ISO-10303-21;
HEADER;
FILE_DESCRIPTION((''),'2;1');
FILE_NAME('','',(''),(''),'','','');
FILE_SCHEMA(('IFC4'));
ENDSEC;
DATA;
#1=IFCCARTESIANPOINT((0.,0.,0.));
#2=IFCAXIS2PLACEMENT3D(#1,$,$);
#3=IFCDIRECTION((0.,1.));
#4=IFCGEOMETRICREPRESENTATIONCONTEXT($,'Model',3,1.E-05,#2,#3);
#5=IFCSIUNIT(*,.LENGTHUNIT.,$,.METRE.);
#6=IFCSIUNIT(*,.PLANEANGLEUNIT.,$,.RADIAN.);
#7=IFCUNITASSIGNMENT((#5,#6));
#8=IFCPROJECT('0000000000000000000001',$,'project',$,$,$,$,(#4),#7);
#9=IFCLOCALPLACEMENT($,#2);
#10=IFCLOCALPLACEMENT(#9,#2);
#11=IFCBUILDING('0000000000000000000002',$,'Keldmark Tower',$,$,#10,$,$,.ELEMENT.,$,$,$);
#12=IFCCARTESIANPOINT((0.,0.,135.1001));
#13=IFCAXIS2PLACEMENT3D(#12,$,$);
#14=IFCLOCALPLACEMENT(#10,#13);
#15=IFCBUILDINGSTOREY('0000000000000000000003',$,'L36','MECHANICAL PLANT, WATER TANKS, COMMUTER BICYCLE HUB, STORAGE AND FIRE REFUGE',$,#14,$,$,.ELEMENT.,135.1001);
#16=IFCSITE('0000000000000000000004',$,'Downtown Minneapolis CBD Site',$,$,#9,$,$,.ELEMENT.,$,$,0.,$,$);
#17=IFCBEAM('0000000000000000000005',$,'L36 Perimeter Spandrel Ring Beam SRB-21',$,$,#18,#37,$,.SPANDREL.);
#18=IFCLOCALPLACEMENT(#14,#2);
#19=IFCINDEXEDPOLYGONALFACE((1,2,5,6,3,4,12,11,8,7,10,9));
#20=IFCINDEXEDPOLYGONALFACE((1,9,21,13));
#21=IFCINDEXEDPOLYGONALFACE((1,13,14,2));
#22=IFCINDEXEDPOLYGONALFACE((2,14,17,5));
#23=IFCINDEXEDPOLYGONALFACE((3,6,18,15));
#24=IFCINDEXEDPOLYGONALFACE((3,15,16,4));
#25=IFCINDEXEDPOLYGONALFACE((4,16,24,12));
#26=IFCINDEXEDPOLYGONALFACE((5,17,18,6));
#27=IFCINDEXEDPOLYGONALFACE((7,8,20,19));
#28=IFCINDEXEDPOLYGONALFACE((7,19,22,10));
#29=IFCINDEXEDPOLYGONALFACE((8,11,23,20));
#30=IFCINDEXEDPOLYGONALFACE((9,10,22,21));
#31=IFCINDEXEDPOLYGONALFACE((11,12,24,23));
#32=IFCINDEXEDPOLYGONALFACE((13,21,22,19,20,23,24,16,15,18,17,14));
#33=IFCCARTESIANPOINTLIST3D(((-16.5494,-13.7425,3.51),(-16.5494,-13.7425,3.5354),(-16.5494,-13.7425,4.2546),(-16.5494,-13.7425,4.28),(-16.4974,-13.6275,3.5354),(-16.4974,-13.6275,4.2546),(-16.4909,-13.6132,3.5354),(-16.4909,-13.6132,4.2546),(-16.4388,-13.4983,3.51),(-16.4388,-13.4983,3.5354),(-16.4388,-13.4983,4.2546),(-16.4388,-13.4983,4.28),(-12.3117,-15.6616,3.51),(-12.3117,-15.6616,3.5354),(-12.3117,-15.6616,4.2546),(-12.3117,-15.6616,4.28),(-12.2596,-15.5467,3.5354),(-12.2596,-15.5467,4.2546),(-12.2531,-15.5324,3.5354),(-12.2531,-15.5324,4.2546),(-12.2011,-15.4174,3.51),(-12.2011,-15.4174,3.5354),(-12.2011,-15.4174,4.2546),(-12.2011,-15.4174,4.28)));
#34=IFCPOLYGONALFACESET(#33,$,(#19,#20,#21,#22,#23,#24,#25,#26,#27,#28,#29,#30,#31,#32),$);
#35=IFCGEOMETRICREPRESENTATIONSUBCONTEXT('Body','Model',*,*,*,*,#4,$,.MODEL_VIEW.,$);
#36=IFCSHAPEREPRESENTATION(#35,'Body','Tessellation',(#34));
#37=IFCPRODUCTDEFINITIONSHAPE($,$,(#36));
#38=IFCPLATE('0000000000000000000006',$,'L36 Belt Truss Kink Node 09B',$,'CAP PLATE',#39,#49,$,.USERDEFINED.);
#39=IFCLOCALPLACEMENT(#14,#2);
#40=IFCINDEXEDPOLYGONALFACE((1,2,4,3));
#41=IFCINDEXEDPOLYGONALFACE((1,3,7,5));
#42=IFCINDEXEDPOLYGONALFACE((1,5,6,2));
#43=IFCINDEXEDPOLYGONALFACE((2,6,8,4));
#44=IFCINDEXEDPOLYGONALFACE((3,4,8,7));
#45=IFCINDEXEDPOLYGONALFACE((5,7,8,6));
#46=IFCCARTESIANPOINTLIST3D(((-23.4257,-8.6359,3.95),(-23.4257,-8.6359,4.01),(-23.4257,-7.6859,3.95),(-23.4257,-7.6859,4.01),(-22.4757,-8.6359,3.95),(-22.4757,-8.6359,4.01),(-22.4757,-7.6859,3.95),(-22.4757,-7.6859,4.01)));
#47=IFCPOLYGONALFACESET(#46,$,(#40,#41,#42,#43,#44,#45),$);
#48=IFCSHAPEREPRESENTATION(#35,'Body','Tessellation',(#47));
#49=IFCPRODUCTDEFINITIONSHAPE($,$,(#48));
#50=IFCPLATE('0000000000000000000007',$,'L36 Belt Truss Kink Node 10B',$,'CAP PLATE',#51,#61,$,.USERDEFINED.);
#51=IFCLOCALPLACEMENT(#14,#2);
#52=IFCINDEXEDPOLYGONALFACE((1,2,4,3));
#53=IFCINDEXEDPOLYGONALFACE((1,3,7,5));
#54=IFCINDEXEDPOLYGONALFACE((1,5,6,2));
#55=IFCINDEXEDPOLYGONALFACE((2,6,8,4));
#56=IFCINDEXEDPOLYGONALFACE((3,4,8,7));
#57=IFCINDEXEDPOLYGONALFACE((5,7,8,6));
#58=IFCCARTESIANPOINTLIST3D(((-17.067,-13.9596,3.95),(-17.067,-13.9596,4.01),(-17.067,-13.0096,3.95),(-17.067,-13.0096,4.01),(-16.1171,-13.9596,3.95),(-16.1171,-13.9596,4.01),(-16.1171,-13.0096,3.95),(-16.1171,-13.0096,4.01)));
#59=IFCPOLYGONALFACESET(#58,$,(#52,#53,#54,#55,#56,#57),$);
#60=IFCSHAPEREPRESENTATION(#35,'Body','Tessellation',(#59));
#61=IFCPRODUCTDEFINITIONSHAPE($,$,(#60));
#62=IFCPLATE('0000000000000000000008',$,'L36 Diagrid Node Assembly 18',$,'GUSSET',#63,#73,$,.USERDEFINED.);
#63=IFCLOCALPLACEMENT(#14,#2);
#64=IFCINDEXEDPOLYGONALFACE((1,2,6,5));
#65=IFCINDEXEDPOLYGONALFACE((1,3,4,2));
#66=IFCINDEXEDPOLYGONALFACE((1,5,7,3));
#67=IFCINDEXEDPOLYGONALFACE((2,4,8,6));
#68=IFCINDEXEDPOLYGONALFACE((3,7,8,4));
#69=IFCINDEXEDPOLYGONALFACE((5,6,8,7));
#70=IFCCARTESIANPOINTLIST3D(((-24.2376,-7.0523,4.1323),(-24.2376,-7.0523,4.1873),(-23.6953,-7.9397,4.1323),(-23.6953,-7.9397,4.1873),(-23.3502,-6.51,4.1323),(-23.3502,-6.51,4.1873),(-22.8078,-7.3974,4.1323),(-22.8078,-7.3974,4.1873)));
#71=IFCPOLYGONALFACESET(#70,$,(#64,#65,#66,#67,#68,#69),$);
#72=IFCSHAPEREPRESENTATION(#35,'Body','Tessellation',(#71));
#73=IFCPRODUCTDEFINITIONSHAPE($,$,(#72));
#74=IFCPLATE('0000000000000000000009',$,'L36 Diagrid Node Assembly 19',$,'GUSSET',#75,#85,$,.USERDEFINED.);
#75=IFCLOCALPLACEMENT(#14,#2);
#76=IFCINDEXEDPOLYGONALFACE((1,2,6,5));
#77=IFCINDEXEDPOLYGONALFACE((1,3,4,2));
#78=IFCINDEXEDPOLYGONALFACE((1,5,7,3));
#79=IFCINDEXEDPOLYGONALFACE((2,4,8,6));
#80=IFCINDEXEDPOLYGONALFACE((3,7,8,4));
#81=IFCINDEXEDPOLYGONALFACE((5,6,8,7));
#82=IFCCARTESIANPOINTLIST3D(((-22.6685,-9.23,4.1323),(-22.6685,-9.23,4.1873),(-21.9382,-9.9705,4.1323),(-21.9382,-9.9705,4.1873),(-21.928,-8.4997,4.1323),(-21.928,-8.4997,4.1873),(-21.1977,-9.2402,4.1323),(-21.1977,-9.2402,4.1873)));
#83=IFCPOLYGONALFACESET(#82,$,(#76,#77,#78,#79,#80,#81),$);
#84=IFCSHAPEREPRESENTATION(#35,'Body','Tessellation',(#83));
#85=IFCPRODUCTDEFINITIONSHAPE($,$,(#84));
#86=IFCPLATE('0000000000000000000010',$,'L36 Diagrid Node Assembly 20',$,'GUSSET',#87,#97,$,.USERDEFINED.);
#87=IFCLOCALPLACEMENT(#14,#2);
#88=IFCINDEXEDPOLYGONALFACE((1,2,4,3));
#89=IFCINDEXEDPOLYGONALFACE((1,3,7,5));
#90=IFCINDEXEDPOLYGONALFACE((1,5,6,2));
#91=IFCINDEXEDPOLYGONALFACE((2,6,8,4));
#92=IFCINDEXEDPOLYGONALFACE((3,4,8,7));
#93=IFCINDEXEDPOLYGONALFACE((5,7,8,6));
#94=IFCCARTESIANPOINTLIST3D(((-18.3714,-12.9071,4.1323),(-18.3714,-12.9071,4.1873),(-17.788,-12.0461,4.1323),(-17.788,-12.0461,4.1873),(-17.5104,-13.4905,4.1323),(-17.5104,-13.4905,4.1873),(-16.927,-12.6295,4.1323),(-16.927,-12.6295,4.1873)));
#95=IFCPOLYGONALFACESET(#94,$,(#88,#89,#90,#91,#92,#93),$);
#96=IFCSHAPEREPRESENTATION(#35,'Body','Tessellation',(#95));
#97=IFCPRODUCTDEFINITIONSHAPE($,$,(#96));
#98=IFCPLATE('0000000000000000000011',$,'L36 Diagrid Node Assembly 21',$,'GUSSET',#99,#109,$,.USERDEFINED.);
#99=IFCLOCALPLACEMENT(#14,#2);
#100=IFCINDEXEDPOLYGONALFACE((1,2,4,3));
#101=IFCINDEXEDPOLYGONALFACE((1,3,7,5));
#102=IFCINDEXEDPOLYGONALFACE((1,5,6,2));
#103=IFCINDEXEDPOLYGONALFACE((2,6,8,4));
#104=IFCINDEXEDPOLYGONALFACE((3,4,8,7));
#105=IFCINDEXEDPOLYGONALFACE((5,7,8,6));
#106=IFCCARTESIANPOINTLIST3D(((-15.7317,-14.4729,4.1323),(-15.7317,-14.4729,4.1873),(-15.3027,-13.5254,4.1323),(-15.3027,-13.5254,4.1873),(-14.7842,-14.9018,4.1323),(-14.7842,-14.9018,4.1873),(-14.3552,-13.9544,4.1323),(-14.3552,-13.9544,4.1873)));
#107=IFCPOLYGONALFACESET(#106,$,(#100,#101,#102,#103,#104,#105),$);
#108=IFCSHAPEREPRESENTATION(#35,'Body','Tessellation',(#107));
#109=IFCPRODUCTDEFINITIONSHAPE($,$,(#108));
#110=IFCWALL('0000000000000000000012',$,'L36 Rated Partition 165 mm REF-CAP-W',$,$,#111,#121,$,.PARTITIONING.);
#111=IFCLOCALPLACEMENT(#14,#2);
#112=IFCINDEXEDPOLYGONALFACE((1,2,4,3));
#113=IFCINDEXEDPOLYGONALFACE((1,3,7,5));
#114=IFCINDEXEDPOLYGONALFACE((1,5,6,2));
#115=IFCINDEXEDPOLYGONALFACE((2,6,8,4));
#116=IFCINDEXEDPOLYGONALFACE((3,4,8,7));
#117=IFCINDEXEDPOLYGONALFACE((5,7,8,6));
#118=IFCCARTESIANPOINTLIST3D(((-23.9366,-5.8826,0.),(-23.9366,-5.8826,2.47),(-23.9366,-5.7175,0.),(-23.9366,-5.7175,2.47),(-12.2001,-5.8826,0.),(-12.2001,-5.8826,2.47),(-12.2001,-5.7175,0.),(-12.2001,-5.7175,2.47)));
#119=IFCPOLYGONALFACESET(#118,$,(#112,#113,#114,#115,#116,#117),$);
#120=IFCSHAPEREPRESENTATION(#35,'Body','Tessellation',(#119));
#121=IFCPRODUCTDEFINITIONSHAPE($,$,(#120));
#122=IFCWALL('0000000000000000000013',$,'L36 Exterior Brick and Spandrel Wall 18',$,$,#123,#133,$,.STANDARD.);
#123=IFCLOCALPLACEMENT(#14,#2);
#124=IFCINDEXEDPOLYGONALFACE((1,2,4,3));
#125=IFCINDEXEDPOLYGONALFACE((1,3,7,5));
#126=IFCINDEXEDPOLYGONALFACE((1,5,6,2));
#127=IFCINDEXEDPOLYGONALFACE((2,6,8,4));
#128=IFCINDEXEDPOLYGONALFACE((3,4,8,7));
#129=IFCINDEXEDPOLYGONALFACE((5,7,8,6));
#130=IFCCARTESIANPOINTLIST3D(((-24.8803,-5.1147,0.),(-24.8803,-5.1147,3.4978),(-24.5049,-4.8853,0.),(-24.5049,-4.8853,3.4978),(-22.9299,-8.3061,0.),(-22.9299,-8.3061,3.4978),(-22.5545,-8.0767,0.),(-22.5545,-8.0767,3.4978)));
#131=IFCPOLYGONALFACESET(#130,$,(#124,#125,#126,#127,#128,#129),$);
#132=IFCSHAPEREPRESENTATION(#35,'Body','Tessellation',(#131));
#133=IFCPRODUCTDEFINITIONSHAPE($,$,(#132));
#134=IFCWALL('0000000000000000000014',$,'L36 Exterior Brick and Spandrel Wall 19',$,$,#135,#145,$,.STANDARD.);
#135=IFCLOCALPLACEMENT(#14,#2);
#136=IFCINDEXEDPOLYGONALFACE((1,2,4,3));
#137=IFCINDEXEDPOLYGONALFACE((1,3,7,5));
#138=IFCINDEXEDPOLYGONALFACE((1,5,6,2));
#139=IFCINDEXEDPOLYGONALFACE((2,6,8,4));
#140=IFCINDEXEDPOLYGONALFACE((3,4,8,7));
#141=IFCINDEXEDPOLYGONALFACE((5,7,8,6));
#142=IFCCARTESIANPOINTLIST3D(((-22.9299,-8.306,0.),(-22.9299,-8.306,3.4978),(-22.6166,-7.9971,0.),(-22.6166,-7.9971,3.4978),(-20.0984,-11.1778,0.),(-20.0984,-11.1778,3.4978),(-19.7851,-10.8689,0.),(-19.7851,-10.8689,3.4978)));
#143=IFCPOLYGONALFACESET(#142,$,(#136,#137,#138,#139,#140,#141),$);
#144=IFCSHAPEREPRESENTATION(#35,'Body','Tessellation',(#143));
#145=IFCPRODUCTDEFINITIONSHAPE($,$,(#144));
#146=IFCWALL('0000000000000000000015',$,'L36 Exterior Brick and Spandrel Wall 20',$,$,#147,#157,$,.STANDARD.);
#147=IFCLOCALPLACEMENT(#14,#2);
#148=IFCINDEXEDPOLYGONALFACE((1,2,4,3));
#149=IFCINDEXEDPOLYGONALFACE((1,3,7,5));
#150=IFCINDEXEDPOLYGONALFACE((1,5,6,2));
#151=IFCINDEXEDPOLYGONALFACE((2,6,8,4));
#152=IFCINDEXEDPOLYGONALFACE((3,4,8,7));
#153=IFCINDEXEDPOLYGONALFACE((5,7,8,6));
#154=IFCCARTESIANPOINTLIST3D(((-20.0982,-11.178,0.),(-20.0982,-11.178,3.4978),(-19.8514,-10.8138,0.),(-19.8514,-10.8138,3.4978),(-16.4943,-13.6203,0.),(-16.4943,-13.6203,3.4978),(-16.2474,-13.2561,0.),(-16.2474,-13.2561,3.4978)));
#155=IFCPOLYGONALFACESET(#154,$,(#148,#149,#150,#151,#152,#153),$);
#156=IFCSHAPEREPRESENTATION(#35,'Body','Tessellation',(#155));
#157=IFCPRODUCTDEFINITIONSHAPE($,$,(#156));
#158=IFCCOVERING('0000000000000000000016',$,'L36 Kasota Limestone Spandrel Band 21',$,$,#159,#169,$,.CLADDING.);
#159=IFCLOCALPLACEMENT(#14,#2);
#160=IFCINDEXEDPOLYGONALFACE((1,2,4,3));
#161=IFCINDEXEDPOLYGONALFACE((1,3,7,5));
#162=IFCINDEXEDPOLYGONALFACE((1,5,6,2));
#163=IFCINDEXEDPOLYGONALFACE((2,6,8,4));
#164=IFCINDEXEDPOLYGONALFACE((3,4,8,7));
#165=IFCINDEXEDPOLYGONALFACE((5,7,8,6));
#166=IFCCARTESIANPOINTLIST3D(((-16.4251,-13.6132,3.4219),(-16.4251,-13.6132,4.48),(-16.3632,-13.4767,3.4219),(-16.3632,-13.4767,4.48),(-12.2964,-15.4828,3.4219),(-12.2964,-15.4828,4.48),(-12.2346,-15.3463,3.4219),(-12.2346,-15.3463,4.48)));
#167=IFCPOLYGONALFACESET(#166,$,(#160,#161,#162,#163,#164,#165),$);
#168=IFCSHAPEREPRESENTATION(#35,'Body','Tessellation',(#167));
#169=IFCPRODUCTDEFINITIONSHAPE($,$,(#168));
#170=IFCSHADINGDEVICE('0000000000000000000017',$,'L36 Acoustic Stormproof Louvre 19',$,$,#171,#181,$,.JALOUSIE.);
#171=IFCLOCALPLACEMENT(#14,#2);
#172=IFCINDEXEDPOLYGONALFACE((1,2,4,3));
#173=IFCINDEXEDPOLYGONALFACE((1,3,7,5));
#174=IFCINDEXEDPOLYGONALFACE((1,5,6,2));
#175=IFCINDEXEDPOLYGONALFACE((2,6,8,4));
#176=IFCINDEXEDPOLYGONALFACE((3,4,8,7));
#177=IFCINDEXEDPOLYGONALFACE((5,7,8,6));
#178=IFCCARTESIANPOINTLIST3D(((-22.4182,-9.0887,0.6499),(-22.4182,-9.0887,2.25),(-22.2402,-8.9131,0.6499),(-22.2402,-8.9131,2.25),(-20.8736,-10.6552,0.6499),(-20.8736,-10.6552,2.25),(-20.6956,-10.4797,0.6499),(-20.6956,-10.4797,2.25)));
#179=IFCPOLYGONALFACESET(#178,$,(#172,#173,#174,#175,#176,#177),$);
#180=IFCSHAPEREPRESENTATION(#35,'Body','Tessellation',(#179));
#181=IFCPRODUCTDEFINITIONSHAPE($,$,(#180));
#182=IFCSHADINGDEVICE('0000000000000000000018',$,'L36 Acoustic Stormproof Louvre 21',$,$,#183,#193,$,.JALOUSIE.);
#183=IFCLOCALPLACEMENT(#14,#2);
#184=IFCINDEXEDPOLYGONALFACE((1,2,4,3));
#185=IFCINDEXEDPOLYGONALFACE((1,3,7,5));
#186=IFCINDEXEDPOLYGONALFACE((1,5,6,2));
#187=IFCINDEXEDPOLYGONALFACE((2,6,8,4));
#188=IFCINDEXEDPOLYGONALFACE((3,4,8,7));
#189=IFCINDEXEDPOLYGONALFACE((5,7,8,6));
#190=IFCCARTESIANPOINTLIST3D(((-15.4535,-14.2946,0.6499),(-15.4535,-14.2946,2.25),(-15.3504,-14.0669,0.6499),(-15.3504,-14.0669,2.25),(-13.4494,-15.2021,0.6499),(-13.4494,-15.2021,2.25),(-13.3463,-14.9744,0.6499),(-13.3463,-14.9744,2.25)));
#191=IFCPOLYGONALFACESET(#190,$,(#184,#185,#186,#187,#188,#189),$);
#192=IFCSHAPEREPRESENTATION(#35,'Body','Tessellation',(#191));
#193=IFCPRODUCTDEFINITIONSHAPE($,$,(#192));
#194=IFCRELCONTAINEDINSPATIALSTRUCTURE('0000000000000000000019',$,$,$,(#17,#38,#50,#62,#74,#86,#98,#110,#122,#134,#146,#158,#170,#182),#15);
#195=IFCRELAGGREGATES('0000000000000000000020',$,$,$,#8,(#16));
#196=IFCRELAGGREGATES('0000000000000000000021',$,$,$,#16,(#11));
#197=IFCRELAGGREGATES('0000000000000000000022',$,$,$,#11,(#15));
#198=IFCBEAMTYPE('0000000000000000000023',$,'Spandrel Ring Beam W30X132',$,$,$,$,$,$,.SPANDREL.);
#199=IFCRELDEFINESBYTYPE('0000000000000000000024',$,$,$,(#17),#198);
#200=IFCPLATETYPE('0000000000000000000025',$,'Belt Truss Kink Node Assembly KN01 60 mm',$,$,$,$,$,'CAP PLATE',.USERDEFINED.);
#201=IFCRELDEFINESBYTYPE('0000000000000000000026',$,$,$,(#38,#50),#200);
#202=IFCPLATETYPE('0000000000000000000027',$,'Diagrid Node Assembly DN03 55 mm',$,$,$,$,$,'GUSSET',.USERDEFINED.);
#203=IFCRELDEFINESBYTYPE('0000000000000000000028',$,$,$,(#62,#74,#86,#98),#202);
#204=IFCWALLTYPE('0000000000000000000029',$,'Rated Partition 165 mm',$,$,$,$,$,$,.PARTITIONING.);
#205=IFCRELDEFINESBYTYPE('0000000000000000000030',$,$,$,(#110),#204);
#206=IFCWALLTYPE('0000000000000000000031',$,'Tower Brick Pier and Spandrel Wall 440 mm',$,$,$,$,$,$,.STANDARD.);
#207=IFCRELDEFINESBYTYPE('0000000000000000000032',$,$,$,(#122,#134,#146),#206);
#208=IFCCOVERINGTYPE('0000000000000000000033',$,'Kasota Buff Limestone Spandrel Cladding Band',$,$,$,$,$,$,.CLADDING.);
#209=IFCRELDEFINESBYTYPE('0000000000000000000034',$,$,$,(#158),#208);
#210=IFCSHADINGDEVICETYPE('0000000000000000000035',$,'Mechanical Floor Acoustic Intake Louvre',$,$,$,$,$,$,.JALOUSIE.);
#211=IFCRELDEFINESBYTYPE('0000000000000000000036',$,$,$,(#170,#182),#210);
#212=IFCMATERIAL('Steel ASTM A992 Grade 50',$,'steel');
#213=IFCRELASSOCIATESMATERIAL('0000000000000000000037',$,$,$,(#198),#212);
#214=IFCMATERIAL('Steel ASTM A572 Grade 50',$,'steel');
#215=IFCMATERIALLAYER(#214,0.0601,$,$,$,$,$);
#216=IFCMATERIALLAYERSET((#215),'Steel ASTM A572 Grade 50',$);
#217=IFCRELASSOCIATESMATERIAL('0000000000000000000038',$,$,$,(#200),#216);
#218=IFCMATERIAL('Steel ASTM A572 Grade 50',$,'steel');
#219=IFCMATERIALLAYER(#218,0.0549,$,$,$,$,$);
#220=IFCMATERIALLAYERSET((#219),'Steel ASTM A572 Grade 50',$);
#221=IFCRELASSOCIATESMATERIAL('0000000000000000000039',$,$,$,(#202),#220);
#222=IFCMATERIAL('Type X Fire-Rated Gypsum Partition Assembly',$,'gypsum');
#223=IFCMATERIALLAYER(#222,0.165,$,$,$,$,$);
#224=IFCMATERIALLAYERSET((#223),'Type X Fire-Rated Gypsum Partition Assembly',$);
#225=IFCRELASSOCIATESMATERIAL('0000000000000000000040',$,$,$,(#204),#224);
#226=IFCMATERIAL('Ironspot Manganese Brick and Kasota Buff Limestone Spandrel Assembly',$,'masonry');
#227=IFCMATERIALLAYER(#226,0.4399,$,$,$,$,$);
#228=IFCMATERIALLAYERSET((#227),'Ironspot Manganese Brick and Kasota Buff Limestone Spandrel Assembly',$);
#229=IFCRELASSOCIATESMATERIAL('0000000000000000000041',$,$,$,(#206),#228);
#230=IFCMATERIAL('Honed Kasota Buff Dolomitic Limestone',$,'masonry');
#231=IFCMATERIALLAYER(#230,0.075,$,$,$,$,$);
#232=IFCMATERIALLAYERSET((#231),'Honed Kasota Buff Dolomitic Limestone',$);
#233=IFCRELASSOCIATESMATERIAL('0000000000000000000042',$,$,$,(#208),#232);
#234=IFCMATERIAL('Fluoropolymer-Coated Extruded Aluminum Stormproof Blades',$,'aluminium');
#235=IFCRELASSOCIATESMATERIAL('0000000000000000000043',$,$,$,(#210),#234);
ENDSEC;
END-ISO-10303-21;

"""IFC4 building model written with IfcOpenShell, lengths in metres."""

from ifc_helpers import new_model, si_unit, direction, frame, frame_2d, origin, origin_2d, place, context, subcontext, project, spatial, rectangle, i_section, extrude, material, layer, layer_set, material_profile, profile_set, type_object, element, save


model = new_model("IFC4")

# Units and contexts
model_context = context("Model", 3, precision=1e-05, world=origin(), true_north=direction((0.0, 1.0)))
body_context = subcontext(model_context, "Body", "Model", "MODEL_VIEW")
ifc_project = project(units=[si_unit("LENGTHUNIT", "METRE"), si_unit("PLANEANGLEUNIT", "RADIAN")], contexts=[model_context])

# Site, building, storey
site_placement = place(None, origin())
site = spatial("IfcSite", under=ifc_project, at=site_placement, Name="Downtown Minneapolis CBD Site", CompositionType="ELEMENT", RefElevation=0.0)
building_placement = place(site_placement, origin())
building = spatial("IfcBuilding", under=site, at=building_placement, Name="Keldmark Tower", CompositionType="ELEMENT")
storey_placement = place(building_placement, frame((0.0, 0.0, 135.1001)))
storey = spatial("IfcBuildingStorey", under=building, at=storey_placement, Name="L36", Description="MECHANICAL PLANT, WATER TANKS, COMMUTER BICYCLE HUB, STORAGE AND FIRE REFUGE", CompositionType="ELEMENT", Elevation=135.1001)

# Beam
ifc_material_1 = material(Name="Steel ASTM A992 Grade 50", Category="steel")
ifc_material_profile_1 = material_profile(ifc_material_1, i_section(OverallWidth=0.2681, OverallDepth=0.77, WebThickness=0.0156, FlangeThickness=0.0254, at=origin_2d()), Name="W30X132")
ifc_profile_set_1 = profile_set([ifc_material_profile_1], Name="Steel ASTM A992 Grade 50")
beam_type_1 = type_object("IfcBeamType", Name="Spandrel Ring Beam W30X132", PredefinedType="SPANDREL", material=ifc_profile_set_1)
beam_1_placement = place(storey_placement, frame((-16.4941, -13.6204, 3.895), z_axis=(0.910939, -0.412541, 0.0), x_axis=(0.412541, 0.910939, 0.0)))
element("IfcBeam", 1, at=beam_1_placement, inside=storey, type_object=beam_type_1, Name="L36 Perimeter Spandrel Ring Beam SRB-21", PredefinedType="SPANDREL", context=body_context, shape_type="SweptSolid", body=[
    extrude(i_section(OverallWidth=0.2681, OverallDepth=0.77, WebThickness=0.0156, FlangeThickness=0.0254, at=origin_2d()), origin(), (0.0, 0.0, 1.0), 4.6521),
])

# Plates
ifc_material_2 = material(Name="Steel ASTM A572 Grade 50", Category="steel")
ifc_layer_1 = layer(ifc_material_2, 0.0601)
ifc_layer_set_1 = layer_set([ifc_layer_1], Name="Steel ASTM A572 Grade 50")
plate_type_1 = type_object("IfcPlateType", Name="Belt Truss Kink Node Assembly KN01 60 mm", ElementType="CAP PLATE", PredefinedType="USERDEFINED", material=ifc_layer_set_1)
for number, where, z_axis, x_axis, name in (
    (2, (-22.9507, -8.1609, 3.95), (0.0, 0.0, 1.0), (1.0, 0.0, 0.0), "L36 Belt Truss Kink Node 09B"),
    (3, (-16.592, -13.4846, 3.95), (0.0, 0.0, 1.0), (1.0, 0.0, 0.0), "L36 Belt Truss Kink Node 10B"),
):
    element("IfcPlate", number, at=place(storey_placement, frame(where, z_axis=z_axis, x_axis=x_axis)), inside=storey, type_object=plate_type_1, Name=name, ObjectType="CAP PLATE", PredefinedType="USERDEFINED", context=body_context, shape_type="SweptSolid", body=[
        extrude(rectangle(XDim=0.95, YDim=0.95, at=origin_2d()), origin(), (0.0, 0.0, 1.0), 0.0601),
    ])
ifc_material_3 = material(Name="Steel ASTM A572 Grade 50", Category="steel")
ifc_layer_2 = layer(ifc_material_3, 0.0549)
ifc_layer_set_2 = layer_set([ifc_layer_2], Name="Steel ASTM A572 Grade 50")
plate_type_2 = type_object("IfcPlateType", Name="Diagrid Node Assembly DN03 55 mm", ElementType="GUSSET", PredefinedType="USERDEFINED", material=ifc_layer_set_2)
for number, where, z_axis, x_axis, name in (
    (4, (-23.5227, -7.2249, 4.1323), (0.0, 0.0, 1.0), (0.521456, -0.853278, 0.0), "L36 Diagrid Node Assembly 18"),
    (5, (-21.9331, -9.2351, 4.1323), (0.0, 0.0, 1.0), (0.702153, -0.712026, 0.0), "L36 Diagrid Node Assembly 19"),
    (6, (-17.6492, -12.7683, 4.1323), (0.0, 0.0, 1.0), (0.827865, -0.560928, 0.0), "L36 Diagrid Node Assembly 20"),
    (7, (-15.0435, -14.2136, 4.1323), (0.0, 0.0, 1.0), (0.910972, -0.412469, 0.0), "L36 Diagrid Node Assembly 21"),
):
    element("IfcPlate", number, at=place(storey_placement, frame(where, z_axis=z_axis, x_axis=x_axis)), inside=storey, type_object=plate_type_2, Name=name, ObjectType="GUSSET", PredefinedType="USERDEFINED", context=body_context, shape_type="SweptSolid", body=[
        extrude(rectangle(XDim=1.04, YDim=1.04, at=origin_2d()), origin(), (0.0, 0.0, 1.0), 0.0549),
    ])

# Walls
ifc_material_4 = material(Name="Type X Fire-Rated Gypsum Partition Assembly", Category="gypsum")
ifc_layer_3 = layer(ifc_material_4, 0.165)
ifc_layer_set_3 = layer_set([ifc_layer_3], Name="Type X Fire-Rated Gypsum Partition Assembly")
wall_type_1 = type_object("IfcWallType", Name="Rated Partition 165 mm", PredefinedType="PARTITIONING", material=ifc_layer_set_3)
wall_1_placement = place(storey_placement, frame((-23.9365, -5.8, 0.0), z_axis=(0.0, 0.0, 1.0), x_axis=(1.0, 0.0, 0.0)))
element("IfcWall", 8, at=wall_1_placement, inside=storey, type_object=wall_type_1, Name="L36 Rated Partition 165 mm REF-CAP-W", PredefinedType="PARTITIONING", context=body_context, shape_type="SweptSolid", body=[
    extrude(rectangle(XDim=11.7366, YDim=0.165, at=frame_2d((5.8682, 0.0))), origin(), (0.0, 0.0, 1.0), 2.47),
])
ifc_material_5 = material(Name="Ironspot Manganese Brick and Kasota Buff Limestone Spandrel Assembly", Category="masonry")
ifc_layer_4 = layer(ifc_material_5, 0.4399)
ifc_layer_set_4 = layer_set([ifc_layer_4], Name="Ironspot Manganese Brick and Kasota Buff Limestone Spandrel Assembly")
wall_type_2 = type_object("IfcWallType", Name="Tower Brick Pier and Spandrel Wall 440 mm", PredefinedType="STANDARD", material=ifc_layer_set_4)
wall_2_placement = place(storey_placement, frame((-22.7422, -8.1914, 0.0), z_axis=(0.0, 0.0, 1.0), x_axis=(-0.521476, 0.853266, 0.0)))
element("IfcWall", 9, at=wall_2_placement, inside=storey, type_object=wall_type_2, Name="L36 Exterior Brick and Spandrel Wall 18", PredefinedType="STANDARD", context=body_context, shape_type="SweptSolid", body=[
    extrude(rectangle(XDim=3.7402, YDim=0.4399, at=frame_2d((1.8701, 0.0))), origin(), (0.0, 0.0, 1.0), 3.4978),
])
wall_3_placement = place(storey_placement, frame((-19.9417, -11.0234, 0.0), z_axis=(0.0, 0.0, 1.0), x_axis=(-0.702095, 0.712083, 0.0)))
element("IfcWall", 10, at=wall_3_placement, inside=storey, type_object=wall_type_2, Name="L36 Exterior Brick and Spandrel Wall 19", PredefinedType="STANDARD", context=body_context, shape_type="SweptSolid", body=[
    extrude(rectangle(XDim=4.033, YDim=0.4399, at=frame_2d((2.0166, 0.0))), origin(), (0.0, 0.0, 1.0), 3.4978),
])
wall_4_placement = place(storey_placement, frame((-16.3708, -13.4382, 0.0), z_axis=(0.0, 0.0, 1.0), x_axis=(-0.827816, 0.560999, 0.0)))
element("IfcWall", 11, at=wall_4_placement, inside=storey, type_object=wall_type_2, Name="L36 Exterior Brick and Spandrel Wall 20", PredefinedType="STANDARD", context=body_context, shape_type="SweptSolid", body=[
    extrude(rectangle(XDim=4.3535, YDim=0.4399, at=frame_2d((2.1768, 0.0))), origin(), (0.0, 0.0, 1.0), 3.4978),
])

# Covering
ifc_material_6 = material(Name="Honed Kasota Buff Dolomitic Limestone", Category="masonry")
ifc_layer_5 = layer(ifc_material_6, 0.075)
ifc_layer_set_5 = layer_set([ifc_layer_5], Name="Honed Kasota Buff Dolomitic Limestone")
covering_type = type_object("IfcCoveringType", Name="Kasota Buff Limestone Spandrel Cladding Band", PredefinedType="CLADDING", material=ifc_layer_set_5)
covering_placement = place(storey_placement, frame((-14.3298, -14.4797, 3.4219), z_axis=(0.0, 0.0, 1.0), x_axis=(0.91095, -0.412516, 0.0)))
element("IfcCovering", 12, at=covering_placement, inside=storey, type_object=covering_type, Name="L36 Kasota Limestone Spandrel Band 21", PredefinedType="CLADDING", context=body_context, shape_type="SweptSolid", body=[
    extrude(rectangle(XDim=4.5322, YDim=0.1499, at=origin_2d()), origin(), (0.0, 0.0, 1.0), 1.0581),
])

# Shading devices
ifc_material_7 = material(Name="Fluoropolymer-Coated Extruded Aluminum Stormproof Blades", Category="aluminium")
shading_device_type = type_object("IfcShadingDeviceType", Name="Mechanical Floor Acoustic Intake Louvre", PredefinedType="JALOUSIE", material=ifc_material_7)
for number, where, z_axis, x_axis, name in (
    (13, (-21.5569, -9.7842, 0.6499), (0.0, 0.0, 1.0), (0.702091, -0.712087, 0.0), "L36 Acoustic Stormproof Louvre 19"),
    (14, (-14.3999, -14.6345, 0.6499), (0.0, 0.0, 1.0), (0.91095, -0.412516, 0.0), "L36 Acoustic Stormproof Louvre 21"),
):
    element("IfcShadingDevice", number, at=place(storey_placement, frame(where, z_axis=z_axis, x_axis=x_axis)), inside=storey, type_object=shading_device_type, Name=name, PredefinedType="JALOUSIE", context=body_context, shape_type="SweptSolid", body=[
        extrude(rectangle(XDim=2.2, YDim=0.25, at=origin_2d()), origin(), (0.0, 0.0, 1.0), 1.6001),
    ])

save(model, "model.ifc")
